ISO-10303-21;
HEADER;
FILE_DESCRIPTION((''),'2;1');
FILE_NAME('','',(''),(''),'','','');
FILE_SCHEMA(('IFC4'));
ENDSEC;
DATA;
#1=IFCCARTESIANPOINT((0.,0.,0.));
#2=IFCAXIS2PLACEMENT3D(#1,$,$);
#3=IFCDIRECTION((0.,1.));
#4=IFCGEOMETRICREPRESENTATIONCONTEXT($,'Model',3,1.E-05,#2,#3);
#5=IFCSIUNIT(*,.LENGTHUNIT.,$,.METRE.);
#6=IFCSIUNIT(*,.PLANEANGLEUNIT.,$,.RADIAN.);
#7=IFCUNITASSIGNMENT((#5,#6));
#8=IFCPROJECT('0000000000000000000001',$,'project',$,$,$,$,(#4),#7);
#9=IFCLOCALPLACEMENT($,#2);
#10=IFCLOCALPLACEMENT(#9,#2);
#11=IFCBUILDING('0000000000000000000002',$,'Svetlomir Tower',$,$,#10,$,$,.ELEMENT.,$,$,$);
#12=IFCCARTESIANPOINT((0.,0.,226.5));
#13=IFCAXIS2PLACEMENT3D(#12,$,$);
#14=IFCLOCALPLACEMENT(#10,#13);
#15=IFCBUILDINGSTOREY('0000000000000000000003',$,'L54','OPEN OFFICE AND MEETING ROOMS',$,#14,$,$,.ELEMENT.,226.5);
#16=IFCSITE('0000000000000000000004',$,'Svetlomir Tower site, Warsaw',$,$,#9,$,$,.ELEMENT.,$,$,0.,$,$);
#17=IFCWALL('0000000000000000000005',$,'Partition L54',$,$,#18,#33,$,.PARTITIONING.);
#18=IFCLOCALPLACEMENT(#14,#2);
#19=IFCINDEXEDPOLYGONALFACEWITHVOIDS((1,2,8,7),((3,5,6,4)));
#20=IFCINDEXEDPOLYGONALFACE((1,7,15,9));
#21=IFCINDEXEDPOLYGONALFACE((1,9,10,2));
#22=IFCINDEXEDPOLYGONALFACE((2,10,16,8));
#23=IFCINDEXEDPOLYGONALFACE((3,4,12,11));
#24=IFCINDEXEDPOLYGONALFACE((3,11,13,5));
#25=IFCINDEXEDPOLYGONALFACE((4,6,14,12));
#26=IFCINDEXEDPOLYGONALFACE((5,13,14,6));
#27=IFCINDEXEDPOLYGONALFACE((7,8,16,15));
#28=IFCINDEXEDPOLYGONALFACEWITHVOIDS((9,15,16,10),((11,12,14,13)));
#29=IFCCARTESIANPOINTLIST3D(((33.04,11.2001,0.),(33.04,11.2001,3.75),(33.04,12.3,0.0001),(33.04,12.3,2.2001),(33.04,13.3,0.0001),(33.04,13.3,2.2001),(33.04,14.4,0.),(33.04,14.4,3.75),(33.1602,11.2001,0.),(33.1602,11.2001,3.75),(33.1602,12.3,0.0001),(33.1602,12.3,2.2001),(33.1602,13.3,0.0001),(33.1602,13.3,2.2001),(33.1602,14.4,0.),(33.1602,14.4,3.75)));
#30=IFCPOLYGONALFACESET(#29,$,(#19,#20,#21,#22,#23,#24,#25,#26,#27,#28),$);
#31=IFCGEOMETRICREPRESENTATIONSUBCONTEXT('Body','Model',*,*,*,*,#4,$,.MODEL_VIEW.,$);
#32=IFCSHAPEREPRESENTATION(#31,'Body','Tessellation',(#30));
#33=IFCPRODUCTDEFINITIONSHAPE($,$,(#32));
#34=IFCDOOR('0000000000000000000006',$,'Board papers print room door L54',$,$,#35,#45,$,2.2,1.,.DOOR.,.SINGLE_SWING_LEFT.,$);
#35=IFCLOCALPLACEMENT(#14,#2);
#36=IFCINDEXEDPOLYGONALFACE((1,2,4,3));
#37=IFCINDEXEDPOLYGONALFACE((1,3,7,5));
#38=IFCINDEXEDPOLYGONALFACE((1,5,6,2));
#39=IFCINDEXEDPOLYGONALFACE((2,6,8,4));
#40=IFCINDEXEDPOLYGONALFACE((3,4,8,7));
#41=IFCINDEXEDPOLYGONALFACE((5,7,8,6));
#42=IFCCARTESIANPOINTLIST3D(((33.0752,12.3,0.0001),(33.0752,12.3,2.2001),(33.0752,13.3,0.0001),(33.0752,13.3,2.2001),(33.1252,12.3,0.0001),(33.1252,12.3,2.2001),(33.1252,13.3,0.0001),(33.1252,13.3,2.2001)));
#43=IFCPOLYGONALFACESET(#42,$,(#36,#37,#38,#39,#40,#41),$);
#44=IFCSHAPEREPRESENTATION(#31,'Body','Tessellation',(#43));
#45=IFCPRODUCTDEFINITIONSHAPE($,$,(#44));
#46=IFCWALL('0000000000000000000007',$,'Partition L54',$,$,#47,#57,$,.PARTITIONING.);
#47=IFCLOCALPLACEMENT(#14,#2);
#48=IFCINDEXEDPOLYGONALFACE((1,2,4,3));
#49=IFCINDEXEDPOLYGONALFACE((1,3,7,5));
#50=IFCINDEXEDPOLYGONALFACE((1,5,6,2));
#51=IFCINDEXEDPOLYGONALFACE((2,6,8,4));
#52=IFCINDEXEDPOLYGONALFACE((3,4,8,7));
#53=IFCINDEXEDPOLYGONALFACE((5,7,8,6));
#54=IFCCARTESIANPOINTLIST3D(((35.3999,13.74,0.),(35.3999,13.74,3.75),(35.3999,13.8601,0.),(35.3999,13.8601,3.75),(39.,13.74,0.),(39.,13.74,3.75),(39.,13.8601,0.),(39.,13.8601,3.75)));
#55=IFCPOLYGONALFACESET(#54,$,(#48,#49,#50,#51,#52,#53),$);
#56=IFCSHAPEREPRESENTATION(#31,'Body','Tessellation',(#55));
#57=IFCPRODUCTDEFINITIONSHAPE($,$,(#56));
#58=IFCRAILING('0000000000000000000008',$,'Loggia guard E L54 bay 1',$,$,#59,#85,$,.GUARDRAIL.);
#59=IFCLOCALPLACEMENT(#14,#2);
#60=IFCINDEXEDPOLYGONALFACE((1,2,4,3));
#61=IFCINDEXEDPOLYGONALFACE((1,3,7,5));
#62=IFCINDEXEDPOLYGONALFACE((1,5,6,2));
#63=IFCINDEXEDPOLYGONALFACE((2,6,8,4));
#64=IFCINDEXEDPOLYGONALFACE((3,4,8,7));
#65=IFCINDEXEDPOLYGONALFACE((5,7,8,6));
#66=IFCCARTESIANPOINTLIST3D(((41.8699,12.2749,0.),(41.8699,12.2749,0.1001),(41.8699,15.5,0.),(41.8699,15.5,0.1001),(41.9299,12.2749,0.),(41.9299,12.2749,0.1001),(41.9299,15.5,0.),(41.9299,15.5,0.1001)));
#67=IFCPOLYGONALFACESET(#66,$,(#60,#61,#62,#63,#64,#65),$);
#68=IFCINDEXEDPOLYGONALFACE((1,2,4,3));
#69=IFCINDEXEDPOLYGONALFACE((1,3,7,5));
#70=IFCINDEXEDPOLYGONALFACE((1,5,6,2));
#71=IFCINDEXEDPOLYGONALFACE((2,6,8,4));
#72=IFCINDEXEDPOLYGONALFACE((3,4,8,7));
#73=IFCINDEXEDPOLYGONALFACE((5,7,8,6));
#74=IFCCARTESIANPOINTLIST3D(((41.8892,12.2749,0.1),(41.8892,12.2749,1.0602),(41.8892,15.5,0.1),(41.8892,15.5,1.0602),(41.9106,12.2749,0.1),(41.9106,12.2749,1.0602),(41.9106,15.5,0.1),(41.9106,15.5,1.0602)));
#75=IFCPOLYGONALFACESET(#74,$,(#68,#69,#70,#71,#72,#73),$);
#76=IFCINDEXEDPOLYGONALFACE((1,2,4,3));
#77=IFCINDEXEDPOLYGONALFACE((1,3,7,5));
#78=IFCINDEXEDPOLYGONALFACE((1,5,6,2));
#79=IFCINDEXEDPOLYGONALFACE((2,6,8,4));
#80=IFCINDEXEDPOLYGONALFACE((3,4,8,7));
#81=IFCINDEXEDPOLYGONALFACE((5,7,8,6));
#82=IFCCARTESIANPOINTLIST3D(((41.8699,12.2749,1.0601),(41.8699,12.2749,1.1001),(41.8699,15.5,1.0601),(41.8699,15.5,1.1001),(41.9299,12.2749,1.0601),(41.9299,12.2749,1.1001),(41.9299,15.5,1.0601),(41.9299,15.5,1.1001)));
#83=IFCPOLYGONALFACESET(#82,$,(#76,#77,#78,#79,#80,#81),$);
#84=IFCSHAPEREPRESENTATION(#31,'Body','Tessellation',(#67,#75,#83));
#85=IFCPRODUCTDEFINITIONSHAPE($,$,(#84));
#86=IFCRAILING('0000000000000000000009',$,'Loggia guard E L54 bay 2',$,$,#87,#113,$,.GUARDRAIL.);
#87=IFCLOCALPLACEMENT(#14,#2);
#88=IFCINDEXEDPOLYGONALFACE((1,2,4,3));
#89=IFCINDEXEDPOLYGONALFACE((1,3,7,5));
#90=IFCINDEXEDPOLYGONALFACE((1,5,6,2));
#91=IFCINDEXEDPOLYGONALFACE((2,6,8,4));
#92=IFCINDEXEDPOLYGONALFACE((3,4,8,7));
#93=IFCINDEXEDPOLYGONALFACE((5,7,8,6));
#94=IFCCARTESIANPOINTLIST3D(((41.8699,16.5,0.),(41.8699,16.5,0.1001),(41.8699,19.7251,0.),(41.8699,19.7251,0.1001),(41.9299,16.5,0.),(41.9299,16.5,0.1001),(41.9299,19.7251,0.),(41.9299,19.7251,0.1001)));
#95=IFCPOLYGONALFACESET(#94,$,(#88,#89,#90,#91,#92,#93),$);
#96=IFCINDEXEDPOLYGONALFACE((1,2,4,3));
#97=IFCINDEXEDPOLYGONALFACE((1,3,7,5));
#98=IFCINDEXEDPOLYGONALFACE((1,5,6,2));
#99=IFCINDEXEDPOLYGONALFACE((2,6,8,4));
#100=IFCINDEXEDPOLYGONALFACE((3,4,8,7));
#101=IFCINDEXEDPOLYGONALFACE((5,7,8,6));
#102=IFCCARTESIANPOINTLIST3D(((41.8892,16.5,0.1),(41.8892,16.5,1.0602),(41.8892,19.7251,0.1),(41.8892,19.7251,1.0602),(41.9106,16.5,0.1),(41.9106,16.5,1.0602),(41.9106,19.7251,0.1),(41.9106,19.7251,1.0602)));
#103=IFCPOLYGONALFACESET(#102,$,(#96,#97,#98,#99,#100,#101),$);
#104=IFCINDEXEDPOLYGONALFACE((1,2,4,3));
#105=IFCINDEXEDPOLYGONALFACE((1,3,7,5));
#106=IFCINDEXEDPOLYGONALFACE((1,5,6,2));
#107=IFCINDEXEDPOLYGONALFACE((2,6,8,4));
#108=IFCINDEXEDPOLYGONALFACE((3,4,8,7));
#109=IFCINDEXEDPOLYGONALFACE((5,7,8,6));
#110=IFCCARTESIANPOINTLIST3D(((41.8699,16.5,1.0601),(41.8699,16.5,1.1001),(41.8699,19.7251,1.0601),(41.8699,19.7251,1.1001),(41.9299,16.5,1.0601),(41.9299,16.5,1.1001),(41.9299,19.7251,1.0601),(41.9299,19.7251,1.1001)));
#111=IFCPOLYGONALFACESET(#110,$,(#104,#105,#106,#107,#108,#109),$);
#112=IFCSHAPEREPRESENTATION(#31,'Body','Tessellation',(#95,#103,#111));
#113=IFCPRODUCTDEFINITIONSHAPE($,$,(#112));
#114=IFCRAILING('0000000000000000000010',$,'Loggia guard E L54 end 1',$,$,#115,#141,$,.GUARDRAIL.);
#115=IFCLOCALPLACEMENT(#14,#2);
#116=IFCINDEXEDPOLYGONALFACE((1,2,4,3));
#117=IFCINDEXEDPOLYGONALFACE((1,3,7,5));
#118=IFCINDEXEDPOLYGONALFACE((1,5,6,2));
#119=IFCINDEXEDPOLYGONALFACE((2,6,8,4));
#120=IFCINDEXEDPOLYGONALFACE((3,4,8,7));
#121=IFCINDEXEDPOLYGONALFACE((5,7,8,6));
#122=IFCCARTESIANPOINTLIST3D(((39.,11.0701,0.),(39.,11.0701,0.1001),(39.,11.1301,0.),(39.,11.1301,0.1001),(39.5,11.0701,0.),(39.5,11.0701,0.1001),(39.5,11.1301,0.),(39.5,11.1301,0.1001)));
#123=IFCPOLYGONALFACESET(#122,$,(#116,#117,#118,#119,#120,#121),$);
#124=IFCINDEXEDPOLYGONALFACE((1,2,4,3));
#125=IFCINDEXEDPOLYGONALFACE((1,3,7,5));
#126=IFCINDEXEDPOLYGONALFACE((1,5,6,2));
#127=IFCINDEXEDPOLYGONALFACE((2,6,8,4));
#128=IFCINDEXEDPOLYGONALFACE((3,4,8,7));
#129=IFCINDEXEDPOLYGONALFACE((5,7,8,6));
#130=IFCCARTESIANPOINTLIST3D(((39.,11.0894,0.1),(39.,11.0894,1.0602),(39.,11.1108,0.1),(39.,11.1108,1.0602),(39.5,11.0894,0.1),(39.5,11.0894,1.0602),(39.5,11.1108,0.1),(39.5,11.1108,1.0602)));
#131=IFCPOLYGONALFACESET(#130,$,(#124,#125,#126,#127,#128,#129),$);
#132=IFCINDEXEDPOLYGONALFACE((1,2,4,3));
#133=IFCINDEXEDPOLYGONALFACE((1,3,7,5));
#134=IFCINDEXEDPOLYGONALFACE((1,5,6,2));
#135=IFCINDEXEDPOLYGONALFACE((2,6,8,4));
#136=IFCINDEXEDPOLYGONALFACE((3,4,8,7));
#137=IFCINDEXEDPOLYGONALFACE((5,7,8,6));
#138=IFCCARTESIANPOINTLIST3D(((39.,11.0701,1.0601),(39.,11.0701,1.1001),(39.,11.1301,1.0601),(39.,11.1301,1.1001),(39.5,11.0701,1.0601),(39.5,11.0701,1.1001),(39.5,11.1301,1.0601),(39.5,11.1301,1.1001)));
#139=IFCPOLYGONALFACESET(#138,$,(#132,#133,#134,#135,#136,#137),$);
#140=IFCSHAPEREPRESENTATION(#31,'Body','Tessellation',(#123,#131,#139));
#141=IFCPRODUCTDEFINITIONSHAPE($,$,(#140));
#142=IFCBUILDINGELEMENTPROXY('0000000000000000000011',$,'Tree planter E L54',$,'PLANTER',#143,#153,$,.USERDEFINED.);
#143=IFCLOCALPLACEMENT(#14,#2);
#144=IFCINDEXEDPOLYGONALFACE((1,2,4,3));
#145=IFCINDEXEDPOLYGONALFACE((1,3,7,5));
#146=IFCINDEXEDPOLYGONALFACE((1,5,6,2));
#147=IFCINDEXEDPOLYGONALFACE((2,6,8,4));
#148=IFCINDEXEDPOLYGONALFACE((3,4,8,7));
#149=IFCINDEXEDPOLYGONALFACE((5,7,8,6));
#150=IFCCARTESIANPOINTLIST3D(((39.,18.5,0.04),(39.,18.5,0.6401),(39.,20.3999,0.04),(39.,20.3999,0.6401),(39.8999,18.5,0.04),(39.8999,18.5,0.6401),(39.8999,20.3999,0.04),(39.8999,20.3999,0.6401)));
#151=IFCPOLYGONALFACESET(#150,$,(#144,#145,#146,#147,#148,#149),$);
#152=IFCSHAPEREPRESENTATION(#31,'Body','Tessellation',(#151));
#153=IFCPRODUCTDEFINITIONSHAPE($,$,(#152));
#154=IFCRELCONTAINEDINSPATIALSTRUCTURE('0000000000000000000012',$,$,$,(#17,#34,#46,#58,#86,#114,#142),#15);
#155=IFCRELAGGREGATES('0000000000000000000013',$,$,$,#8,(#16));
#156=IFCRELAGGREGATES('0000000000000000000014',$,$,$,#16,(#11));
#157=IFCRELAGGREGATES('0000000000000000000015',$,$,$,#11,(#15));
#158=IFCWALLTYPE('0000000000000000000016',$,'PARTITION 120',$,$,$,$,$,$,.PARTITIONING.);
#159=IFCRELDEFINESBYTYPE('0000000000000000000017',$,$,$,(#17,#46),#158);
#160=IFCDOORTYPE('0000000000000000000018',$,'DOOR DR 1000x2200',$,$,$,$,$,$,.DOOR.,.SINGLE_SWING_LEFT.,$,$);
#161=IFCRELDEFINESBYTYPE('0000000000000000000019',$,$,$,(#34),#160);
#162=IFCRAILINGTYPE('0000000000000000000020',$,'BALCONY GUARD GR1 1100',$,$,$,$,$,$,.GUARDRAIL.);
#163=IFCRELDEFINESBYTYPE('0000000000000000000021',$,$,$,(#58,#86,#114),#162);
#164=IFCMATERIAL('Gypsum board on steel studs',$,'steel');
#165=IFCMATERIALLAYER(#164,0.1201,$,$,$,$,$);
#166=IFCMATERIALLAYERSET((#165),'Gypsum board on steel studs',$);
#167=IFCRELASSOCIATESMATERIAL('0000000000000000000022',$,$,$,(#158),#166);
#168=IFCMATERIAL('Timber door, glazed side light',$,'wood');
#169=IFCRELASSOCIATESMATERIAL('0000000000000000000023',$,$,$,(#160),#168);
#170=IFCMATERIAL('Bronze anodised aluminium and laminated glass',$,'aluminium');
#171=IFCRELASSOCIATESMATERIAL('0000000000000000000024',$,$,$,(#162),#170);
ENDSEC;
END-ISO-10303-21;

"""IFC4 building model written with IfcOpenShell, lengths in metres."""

from ifc_helpers import new_model, si_unit, direction, frame, frame_2d, origin, origin_2d, place, context, subcontext, project, spatial, rectangle, extrude, material, layer, layer_set, type_object, element, fill, save


model = new_model("IFC4")

# Units and contexts
model_context = context("Model", 3, precision=1e-05, world=origin(), true_north=direction((0.0, 1.0)))
body_context = subcontext(model_context, "Body", "Model", "MODEL_VIEW")
ifc_project = project(units=[si_unit("LENGTHUNIT", "METRE"), si_unit("PLANEANGLEUNIT", "RADIAN")], contexts=[model_context])

# Site, building, storey
site_placement = place(None, origin())
site = spatial("IfcSite", under=ifc_project, at=site_placement, Name="Svetlomir Tower site, Warsaw", CompositionType="ELEMENT", RefElevation=0.0)
building_placement = place(site_placement, origin())
building = spatial("IfcBuilding", under=site, at=building_placement, Name="Svetlomir Tower", CompositionType="ELEMENT")
storey_placement = place(building_placement, frame((0.0, 0.0, 226.5)))
storey = spatial("IfcBuildingStorey", under=building, at=storey_placement, Name="L54", Description="OPEN OFFICE AND MEETING ROOMS", CompositionType="ELEMENT", Elevation=226.5)

# Wall, opening, door
ifc_material_1 = material(Name="Gypsum board on steel studs", Category="steel")
ifc_layer_1 = layer(ifc_material_1, 0.1201)
ifc_layer_set_1 = layer_set([ifc_layer_1], Name="Gypsum board on steel studs")
wall_type_1 = type_object("IfcWallType", Name="PARTITION 120", PredefinedType="PARTITIONING", material=ifc_layer_set_1)
wall_1_placement = place(storey_placement, frame((33.1001, 11.2, 0.0), z_axis=(0.0, 0.0, 1.0), x_axis=(0.0, 1.0, 0.0)))
wall_1 = element("IfcWall", 1, at=wall_1_placement, inside=storey, type_object=wall_type_1, Name="Partition L54", PredefinedType="PARTITIONING", context=body_context, shape_type="SweptSolid", body=[
    extrude(rectangle(XDim=3.2, YDim=0.1201, at=frame_2d((1.6001, 0.0))), origin(), (0.0, 0.0, 1.0), 3.75),
])
opening_1_placement = place(wall_1_placement, frame((1.1001, 0.0, 0.0)))
opening_1 = element("IfcOpeningElement", 2, at=opening_1_placement, cuts=wall_1, PredefinedType="OPENING", context=body_context, shape_type="SweptSolid", body=[
    extrude(rectangle(XDim=1.0, YDim=2.2, at=frame_2d((0.5, 1.1001))), frame((0.0, 0.0701, 0.0), z_axis=(0.0, -1.0, 0.0), x_axis=(1.0, 0.0, 0.0)), (0.0, 0.0, 1.0), 0.1401),
])
ifc_material_2 = material(Name="Timber door, glazed side light", Category="wood")
door_type_1 = type_object("IfcDoorType", Name="DOOR DR 1000x2200", OperationType="SINGLE_SWING_LEFT", PredefinedType="DOOR", material=ifc_material_2)
door_1_placement = place(opening_1_placement, origin())
door_1 = element("IfcDoor", 3, at=door_1_placement, inside=storey, type_object=door_type_1, Name="Board papers print room door L54", OperationType="SINGLE_SWING_LEFT", OverallHeight=2.2, OverallWidth=1.0, PredefinedType="DOOR", context=body_context, shape_type="SweptSolid", body=[
    extrude(rectangle(XDim=1.0, YDim=2.2, at=frame_2d((0.5, 1.1001))), frame((0.0, 0.0249, 0.0), z_axis=(0.0, -1.0, 0.0), x_axis=(1.0, 0.0, 0.0)), (0.0, 0.0, 1.0), 0.05),
])
fill(opening_1, door_1)

# Wall
wall_2_placement = place(storey_placement, frame((35.3999, 13.8, 0.0), z_axis=(0.0, 0.0, 1.0), x_axis=(1.0, 0.0, 0.0)))
element("IfcWall", 4, at=wall_2_placement, inside=storey, type_object=wall_type_1, Name="Partition L54", PredefinedType="PARTITIONING", context=body_context, shape_type="SweptSolid", body=[
    extrude(rectangle(XDim=3.6001, YDim=0.1201, at=frame_2d((1.8, 0.0))), origin(), (0.0, 0.0, 1.0), 3.75),
])

# Railings
ifc_material_3 = material(Name="Bronze anodised aluminium and laminated glass", Category="aluminium")
railing_type = type_object("IfcRailingType", Name="BALCONY GUARD GR1 1100", PredefinedType="GUARDRAIL", material=ifc_material_3)
for number, where, name in (
    (5, (41.8999, 12.2749, 0.0), "Loggia guard E L54 bay 1"),
    (6, (41.8999, 16.5, 0.0), "Loggia guard E L54 bay 2"),
):
    element("IfcRailing", number, at=place(storey_placement, frame(where)), inside=storey, type_object=railing_type, Name=name, PredefinedType="GUARDRAIL", context=body_context, shape_type="SweptSolid", body=[
        extrude(rectangle(XDim=0.0601, YDim=0.1001, at=origin_2d()), frame((0.0, 0.0, 0.05), z_axis=(0.0, 1.0, 0.0), x_axis=(-1.0, 0.0, 0.0)), (0.0, 0.0, 1.0), 3.2251),
        extrude(rectangle(XDim=0.0215, YDim=0.9602, at=origin_2d()), frame((0.0, 0.0, 0.5801), z_axis=(0.0, 1.0, 0.0), x_axis=(-1.0, 0.0, 0.0)), (0.0, 0.0, 1.0), 3.2251),
        extrude(rectangle(XDim=0.0601, YDim=0.04, at=origin_2d()), frame((0.0, 0.0, 1.0801), z_axis=(0.0, 1.0, 0.0), x_axis=(-1.0, 0.0, 0.0)), (0.0, 0.0, 1.0), 3.2251),
    ])
railing_placement = place(storey_placement, frame((39.5, 11.1001, 0.0)))
element("IfcRailing", 7, at=railing_placement, inside=storey, type_object=railing_type, Name="Loggia guard E L54 end 1", PredefinedType="GUARDRAIL", context=body_context, shape_type="SweptSolid", body=[
    extrude(rectangle(XDim=0.0601, YDim=0.1001, at=origin_2d()), frame((0.0, 0.0, 0.05), z_axis=(-1.0, 0.0, 0.0), x_axis=(0.0, -1.0, 0.0)), (0.0, 0.0, 1.0), 0.5),
    extrude(rectangle(XDim=0.0215, YDim=0.9602, at=origin_2d()), frame((0.0, 0.0, 0.5801), z_axis=(-1.0, 0.0, 0.0), x_axis=(0.0, -1.0, 0.0)), (0.0, 0.0, 1.0), 0.5),
    extrude(rectangle(XDim=0.0601, YDim=0.04, at=origin_2d()), frame((0.0, 0.0, 1.0801), z_axis=(-1.0, 0.0, 0.0), x_axis=(0.0, -1.0, 0.0)), (0.0, 0.0, 1.0), 0.5),
])

# Building element proxy
proxy_placement = place(storey_placement, frame((39.45, 19.45, 0.04), z_axis=(0.0, 0.0, 1.0), x_axis=(1.0, 0.0, 0.0)))
element("IfcBuildingElementProxy", 8, at=proxy_placement, inside=storey, Name="Tree planter E L54", ObjectType="PLANTER", PredefinedType="USERDEFINED", context=body_context, shape_type="SweptSolid", body=[
    extrude(rectangle(XDim=0.8999, YDim=1.8999, at=origin_2d()), origin(), (0.0, 0.0, 1.0), 0.6001),
])

save(model, "model.ifc")
